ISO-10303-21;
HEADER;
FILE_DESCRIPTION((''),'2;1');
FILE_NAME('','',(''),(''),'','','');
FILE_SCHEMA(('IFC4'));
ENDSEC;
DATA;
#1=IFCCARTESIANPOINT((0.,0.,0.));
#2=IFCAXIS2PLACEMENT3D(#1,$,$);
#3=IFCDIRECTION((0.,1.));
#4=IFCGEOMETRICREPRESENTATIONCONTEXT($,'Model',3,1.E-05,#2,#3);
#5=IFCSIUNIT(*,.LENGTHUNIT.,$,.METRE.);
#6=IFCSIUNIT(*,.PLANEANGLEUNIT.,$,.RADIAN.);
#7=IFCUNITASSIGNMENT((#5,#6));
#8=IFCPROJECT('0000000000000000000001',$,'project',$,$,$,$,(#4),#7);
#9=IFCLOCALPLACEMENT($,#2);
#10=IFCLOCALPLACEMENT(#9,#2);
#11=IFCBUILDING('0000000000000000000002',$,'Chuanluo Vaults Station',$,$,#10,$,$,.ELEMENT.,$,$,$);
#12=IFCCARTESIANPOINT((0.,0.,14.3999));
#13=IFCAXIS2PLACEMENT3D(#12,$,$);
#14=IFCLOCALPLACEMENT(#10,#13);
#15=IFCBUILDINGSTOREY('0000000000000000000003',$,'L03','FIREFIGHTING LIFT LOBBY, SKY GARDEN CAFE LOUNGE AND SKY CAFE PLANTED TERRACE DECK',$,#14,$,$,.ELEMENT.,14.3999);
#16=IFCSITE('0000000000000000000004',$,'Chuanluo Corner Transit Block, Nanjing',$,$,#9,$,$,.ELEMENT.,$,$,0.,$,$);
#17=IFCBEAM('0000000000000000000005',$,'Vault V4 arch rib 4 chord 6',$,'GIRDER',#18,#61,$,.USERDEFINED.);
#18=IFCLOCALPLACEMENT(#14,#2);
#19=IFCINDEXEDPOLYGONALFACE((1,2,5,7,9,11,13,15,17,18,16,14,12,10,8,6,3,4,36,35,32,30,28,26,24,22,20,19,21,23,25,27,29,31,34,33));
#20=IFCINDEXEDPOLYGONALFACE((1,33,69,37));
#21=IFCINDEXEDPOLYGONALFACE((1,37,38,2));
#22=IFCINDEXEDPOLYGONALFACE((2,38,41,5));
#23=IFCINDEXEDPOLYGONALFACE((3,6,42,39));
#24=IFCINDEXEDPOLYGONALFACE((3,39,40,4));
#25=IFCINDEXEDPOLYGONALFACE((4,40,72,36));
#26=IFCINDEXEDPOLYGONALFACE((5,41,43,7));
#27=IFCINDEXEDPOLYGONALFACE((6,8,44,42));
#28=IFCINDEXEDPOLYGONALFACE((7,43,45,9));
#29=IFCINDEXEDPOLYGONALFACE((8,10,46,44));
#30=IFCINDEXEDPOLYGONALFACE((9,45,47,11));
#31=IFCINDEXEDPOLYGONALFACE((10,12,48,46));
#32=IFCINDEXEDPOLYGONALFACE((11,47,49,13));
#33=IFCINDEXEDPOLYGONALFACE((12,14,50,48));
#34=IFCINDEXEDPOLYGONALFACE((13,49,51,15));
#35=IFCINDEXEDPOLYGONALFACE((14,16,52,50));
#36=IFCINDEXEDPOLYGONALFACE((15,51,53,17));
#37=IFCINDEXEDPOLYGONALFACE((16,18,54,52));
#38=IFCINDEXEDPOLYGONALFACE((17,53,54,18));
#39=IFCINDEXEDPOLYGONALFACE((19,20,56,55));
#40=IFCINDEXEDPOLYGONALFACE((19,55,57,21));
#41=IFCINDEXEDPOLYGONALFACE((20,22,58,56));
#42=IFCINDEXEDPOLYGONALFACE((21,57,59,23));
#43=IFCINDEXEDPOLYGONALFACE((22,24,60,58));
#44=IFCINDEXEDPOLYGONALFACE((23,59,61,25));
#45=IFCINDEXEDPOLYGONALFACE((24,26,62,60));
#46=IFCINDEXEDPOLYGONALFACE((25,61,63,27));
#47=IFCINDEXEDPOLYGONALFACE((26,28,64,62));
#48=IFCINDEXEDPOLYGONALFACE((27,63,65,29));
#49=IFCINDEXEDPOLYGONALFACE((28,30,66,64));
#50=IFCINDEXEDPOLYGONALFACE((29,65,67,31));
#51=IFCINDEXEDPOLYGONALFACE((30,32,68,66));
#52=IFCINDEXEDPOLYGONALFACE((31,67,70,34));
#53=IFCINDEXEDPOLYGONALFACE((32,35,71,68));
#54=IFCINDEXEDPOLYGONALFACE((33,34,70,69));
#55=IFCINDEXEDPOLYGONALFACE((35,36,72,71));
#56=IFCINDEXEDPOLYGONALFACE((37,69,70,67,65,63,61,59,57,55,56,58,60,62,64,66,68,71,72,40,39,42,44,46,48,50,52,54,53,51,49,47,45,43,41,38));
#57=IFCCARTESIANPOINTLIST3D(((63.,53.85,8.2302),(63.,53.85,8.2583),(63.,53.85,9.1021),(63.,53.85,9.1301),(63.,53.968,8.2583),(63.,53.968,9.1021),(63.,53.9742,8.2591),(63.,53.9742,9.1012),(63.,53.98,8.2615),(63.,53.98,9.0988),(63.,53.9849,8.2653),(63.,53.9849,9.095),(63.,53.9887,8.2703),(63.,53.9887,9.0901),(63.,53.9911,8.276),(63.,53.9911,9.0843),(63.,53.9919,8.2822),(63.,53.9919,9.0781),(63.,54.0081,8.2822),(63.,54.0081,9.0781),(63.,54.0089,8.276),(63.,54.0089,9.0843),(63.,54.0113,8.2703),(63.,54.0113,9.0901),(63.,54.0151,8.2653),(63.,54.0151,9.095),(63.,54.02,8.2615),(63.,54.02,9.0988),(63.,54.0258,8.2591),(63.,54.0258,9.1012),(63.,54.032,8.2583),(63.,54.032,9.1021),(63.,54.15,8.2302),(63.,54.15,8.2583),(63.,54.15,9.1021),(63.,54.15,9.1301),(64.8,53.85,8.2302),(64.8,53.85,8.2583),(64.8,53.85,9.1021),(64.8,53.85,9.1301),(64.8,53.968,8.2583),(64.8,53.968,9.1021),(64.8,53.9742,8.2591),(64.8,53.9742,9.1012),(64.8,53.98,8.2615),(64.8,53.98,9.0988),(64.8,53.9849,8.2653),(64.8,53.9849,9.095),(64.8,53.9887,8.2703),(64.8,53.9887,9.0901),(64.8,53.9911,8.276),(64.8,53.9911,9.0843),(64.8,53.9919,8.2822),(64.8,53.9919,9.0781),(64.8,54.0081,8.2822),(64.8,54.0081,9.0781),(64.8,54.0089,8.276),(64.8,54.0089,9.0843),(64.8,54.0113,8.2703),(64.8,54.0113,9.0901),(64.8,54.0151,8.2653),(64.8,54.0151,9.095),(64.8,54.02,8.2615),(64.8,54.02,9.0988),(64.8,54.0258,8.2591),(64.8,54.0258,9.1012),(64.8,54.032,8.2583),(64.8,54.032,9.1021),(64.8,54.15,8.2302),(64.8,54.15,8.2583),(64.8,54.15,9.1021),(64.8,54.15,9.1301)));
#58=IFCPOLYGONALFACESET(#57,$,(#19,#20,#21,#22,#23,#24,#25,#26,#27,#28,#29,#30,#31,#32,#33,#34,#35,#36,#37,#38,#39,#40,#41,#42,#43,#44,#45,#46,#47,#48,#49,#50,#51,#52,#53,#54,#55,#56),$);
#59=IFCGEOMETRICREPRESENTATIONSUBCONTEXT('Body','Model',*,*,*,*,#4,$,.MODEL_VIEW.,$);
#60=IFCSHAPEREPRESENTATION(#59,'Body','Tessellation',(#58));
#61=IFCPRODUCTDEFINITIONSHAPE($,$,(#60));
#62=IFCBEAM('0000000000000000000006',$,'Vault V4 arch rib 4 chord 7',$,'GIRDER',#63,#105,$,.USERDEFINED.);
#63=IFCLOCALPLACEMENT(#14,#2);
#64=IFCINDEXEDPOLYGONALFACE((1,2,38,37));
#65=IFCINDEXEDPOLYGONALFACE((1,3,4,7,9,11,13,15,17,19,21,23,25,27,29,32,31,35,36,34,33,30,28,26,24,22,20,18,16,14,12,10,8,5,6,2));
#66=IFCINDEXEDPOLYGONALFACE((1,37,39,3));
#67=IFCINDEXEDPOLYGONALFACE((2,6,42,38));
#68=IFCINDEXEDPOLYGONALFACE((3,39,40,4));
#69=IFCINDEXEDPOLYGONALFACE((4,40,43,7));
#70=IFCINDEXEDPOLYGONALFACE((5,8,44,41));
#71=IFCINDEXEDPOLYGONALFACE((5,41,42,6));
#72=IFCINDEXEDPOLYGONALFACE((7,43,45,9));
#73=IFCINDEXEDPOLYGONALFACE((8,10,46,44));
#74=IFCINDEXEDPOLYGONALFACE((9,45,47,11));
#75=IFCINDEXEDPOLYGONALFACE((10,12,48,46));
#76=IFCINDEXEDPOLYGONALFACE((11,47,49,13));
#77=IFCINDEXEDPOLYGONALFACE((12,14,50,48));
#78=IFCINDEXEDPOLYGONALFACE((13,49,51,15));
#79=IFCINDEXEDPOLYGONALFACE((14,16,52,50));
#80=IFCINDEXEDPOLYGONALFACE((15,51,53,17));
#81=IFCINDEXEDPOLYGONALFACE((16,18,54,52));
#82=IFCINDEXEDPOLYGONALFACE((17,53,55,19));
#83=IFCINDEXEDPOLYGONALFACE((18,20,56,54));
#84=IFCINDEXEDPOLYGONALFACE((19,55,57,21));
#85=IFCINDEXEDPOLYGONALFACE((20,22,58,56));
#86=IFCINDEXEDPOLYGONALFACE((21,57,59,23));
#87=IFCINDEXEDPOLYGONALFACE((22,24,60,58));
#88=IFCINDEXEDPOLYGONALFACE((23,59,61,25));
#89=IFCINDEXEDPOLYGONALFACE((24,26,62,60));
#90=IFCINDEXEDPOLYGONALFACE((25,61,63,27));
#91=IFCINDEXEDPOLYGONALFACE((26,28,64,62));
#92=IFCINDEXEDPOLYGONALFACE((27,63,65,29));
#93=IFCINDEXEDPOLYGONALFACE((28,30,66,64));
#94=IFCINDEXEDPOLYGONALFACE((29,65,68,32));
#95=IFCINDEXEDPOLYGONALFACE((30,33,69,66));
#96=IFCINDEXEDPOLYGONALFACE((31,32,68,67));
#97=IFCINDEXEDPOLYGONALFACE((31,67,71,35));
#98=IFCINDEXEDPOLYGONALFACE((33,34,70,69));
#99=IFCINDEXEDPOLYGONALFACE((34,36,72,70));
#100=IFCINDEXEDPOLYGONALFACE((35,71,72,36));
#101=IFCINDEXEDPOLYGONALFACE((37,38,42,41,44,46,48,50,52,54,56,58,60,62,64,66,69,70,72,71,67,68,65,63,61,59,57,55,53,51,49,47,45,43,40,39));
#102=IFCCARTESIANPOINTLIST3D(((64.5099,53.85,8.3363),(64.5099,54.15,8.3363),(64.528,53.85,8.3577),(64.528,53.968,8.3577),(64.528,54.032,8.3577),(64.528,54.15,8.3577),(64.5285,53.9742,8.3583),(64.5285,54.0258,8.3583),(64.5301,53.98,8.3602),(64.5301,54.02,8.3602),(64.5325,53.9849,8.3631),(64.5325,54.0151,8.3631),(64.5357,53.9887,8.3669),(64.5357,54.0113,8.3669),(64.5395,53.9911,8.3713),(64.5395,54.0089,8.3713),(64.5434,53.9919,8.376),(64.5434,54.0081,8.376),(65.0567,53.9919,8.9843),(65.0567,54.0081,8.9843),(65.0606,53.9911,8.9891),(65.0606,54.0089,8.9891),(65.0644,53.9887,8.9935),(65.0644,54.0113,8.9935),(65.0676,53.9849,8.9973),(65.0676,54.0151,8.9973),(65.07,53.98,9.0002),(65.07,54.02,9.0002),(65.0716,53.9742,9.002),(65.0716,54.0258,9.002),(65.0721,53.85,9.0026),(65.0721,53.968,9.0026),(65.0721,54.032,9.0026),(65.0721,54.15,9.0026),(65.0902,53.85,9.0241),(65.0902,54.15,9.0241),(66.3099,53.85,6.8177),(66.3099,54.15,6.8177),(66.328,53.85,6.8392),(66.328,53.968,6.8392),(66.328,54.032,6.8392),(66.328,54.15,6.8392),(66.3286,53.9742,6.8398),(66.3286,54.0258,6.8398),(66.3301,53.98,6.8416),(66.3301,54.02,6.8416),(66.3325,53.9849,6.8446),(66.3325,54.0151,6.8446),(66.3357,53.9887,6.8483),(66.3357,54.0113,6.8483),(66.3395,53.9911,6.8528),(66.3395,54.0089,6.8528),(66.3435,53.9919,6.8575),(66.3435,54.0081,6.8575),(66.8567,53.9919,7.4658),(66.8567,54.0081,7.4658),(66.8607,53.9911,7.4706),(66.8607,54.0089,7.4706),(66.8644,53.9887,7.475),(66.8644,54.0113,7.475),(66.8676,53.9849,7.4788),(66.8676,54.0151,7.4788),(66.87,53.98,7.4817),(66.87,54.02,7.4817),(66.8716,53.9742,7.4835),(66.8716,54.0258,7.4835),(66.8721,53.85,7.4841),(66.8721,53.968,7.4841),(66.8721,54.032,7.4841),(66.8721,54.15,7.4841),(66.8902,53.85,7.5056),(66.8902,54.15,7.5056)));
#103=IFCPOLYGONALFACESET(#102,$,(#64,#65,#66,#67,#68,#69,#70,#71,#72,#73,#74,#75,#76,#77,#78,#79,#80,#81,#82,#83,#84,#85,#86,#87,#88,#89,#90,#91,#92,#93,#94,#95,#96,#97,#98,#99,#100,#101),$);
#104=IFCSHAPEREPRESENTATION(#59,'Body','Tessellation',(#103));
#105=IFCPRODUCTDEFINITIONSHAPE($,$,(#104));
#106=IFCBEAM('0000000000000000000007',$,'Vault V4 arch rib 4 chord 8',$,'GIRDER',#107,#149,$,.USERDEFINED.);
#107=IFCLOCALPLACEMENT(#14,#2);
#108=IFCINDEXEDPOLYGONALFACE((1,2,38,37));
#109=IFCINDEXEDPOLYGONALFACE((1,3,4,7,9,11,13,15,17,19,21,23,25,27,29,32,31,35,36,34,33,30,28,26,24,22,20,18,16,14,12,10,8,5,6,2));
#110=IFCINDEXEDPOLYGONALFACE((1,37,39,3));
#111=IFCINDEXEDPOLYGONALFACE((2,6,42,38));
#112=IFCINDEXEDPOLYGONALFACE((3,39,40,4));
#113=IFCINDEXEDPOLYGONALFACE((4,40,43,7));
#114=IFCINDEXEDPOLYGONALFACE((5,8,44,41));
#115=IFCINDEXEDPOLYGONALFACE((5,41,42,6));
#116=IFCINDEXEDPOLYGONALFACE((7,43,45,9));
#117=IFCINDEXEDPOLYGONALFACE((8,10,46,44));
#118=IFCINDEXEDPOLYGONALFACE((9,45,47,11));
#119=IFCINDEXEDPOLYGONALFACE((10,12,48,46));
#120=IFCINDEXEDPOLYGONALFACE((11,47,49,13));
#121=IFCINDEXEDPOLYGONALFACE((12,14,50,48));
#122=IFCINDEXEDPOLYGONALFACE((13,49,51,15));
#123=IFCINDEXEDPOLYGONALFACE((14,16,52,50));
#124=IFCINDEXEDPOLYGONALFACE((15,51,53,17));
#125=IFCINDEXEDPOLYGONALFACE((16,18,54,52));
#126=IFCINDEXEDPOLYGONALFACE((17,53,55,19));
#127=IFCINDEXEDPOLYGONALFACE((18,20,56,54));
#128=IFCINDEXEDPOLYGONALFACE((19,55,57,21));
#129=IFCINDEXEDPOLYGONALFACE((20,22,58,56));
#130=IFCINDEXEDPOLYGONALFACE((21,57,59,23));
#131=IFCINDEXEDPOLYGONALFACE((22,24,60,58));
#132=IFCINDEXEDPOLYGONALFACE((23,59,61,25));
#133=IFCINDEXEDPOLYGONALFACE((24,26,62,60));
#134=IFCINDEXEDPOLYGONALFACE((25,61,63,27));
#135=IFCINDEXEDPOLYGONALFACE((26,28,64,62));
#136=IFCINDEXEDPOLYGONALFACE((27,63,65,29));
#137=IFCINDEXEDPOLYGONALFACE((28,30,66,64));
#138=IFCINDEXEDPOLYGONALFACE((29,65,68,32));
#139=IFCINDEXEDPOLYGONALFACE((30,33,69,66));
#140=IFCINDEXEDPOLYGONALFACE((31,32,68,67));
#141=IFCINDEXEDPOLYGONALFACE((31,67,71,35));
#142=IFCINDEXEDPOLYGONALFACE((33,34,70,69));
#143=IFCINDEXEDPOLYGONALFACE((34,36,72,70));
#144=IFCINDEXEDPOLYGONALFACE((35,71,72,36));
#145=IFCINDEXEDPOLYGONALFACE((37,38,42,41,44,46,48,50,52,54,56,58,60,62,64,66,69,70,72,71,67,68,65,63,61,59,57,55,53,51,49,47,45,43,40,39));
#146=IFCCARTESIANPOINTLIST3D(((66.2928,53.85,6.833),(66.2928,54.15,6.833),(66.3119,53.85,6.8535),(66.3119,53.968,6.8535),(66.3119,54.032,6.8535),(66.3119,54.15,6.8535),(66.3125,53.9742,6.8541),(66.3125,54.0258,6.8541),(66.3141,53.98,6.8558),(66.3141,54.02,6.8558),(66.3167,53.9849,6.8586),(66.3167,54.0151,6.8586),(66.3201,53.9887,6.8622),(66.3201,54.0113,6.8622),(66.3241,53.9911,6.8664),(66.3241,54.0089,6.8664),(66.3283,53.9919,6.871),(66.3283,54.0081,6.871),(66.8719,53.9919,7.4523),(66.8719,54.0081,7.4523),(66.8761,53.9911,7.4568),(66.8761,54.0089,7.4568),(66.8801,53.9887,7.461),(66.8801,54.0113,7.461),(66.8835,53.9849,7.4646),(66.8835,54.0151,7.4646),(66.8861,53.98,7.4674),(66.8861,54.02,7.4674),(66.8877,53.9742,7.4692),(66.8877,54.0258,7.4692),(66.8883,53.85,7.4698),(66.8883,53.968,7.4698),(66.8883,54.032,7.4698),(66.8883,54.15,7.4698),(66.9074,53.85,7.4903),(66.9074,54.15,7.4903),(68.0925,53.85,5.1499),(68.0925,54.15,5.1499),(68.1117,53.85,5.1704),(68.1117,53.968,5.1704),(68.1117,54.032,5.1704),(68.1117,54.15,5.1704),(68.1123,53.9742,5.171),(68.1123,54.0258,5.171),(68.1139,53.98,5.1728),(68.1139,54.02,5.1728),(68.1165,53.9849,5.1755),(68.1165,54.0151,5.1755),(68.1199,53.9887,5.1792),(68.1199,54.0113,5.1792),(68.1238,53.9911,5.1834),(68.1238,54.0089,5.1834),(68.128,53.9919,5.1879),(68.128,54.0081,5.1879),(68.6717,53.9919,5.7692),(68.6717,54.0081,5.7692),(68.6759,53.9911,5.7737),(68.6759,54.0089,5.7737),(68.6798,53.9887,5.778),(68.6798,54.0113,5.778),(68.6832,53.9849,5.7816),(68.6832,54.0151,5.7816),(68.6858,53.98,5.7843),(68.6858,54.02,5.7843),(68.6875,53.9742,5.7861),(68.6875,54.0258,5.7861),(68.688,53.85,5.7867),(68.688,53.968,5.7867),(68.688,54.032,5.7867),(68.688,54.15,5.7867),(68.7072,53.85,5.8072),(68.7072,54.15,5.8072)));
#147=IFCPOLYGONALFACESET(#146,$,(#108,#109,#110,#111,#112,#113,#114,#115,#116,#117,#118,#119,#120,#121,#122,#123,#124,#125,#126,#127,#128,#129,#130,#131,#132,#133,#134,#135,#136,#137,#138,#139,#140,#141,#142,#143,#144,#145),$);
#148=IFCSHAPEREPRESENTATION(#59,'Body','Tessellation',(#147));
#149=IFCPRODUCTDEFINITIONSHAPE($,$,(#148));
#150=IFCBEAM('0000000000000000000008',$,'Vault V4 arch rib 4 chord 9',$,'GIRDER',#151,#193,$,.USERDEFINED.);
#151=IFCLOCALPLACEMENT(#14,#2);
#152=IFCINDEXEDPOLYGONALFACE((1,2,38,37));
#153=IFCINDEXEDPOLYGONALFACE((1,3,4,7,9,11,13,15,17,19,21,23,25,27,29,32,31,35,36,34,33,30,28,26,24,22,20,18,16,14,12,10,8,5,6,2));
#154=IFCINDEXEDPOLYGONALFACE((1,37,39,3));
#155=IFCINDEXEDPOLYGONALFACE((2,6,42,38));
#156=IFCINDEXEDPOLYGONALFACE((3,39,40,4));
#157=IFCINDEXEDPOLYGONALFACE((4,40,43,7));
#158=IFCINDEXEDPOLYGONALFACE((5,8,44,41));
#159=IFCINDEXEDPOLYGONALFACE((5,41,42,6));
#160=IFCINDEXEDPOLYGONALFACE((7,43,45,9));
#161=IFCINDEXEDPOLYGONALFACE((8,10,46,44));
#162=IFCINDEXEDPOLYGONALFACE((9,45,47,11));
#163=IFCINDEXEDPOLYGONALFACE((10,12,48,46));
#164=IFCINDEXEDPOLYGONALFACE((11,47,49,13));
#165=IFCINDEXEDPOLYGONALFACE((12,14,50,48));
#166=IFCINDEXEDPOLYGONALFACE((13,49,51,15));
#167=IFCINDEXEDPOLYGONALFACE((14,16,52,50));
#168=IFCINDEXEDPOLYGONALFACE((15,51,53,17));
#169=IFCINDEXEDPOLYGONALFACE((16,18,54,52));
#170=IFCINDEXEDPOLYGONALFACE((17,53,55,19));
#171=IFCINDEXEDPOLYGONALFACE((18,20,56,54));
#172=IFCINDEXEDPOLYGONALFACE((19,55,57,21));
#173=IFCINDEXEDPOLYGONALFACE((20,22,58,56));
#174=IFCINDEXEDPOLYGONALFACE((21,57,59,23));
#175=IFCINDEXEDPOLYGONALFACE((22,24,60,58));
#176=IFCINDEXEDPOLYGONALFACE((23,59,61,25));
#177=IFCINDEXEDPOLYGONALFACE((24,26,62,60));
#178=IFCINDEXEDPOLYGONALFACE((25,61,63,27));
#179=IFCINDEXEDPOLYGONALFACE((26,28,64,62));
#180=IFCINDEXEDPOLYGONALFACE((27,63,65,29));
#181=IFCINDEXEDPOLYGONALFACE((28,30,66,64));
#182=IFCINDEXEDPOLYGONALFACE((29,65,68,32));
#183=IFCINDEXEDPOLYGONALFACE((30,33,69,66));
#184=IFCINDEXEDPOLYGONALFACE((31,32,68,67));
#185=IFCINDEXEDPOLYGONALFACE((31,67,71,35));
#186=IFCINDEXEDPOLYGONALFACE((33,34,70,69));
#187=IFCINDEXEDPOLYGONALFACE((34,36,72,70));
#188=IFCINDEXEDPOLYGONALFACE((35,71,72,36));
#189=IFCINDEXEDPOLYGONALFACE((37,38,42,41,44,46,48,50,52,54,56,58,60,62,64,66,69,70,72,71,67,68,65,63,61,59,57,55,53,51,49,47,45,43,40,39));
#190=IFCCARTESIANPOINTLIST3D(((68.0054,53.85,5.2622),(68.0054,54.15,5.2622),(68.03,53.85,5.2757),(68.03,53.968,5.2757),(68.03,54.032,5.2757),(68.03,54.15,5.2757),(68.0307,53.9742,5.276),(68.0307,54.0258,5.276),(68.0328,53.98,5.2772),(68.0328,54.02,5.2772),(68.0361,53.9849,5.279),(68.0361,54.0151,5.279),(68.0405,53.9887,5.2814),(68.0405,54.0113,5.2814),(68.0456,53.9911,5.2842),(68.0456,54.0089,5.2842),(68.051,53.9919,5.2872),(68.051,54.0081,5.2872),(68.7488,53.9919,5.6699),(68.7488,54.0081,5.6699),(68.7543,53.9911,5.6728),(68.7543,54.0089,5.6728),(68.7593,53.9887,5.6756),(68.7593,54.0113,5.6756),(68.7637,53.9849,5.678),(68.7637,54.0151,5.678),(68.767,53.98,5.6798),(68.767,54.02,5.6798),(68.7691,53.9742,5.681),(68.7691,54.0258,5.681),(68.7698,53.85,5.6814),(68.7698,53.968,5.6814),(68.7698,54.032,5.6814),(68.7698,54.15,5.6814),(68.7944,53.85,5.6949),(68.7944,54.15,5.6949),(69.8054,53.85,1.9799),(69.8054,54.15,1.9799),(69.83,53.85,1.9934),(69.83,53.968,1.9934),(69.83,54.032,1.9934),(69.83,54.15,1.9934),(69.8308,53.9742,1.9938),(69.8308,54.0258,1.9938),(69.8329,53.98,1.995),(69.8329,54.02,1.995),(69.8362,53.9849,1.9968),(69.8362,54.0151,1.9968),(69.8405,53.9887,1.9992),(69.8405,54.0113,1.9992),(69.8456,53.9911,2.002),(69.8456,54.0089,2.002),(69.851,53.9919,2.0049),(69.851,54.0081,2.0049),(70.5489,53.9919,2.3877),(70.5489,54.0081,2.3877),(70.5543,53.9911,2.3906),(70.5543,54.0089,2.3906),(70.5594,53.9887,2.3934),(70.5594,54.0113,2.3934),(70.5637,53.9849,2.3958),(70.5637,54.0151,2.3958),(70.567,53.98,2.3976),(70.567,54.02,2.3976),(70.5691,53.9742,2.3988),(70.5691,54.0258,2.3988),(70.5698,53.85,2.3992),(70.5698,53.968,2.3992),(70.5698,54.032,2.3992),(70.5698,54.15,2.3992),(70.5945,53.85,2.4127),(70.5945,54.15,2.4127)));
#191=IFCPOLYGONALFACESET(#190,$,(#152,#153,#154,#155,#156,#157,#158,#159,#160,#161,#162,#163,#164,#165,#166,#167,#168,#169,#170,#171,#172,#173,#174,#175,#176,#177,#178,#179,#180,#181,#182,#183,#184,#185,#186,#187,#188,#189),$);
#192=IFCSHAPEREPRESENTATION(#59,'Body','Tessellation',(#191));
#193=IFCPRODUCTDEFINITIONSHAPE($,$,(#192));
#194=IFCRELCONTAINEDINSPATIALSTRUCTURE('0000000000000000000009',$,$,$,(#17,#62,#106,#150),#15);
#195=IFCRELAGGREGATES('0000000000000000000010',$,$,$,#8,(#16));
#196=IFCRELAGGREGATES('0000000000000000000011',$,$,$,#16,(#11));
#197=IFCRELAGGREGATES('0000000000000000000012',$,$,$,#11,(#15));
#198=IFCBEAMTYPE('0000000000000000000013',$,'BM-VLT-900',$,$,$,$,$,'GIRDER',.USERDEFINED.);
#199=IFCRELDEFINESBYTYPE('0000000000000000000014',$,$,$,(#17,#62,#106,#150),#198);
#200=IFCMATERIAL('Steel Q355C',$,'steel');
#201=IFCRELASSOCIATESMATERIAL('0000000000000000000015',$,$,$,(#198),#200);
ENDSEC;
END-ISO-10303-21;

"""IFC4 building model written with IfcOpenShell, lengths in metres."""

from ifc_helpers import new_model, si_unit, direction, frame, origin, origin_2d, place, context, subcontext, project, spatial, i_section, extrude, material, material_profile, profile_set, type_object, element, save


model = new_model("IFC4")

# Units and contexts
model_context = context("Model", 3, precision=1e-05, world=origin(), true_north=direction((0.0, 1.0)))
body_context = subcontext(model_context, "Body", "Model", "MODEL_VIEW")
ifc_project = project(units=[si_unit("LENGTHUNIT", "METRE"), si_unit("PLANEANGLEUNIT", "RADIAN")], contexts=[model_context])

# Site, building, storey
site_placement = place(None, origin())
site = spatial("IfcSite", under=ifc_project, at=site_placement, Name="Chuanluo Corner Transit Block, Nanjing", CompositionType="ELEMENT", RefElevation=0.0)
building_placement = place(site_placement, origin())
building = spatial("IfcBuilding", under=site, at=building_placement, Name="Chuanluo Vaults Station", CompositionType="ELEMENT")
storey_placement = place(building_placement, frame((0.0, 0.0, 14.3999)))
storey = spatial("IfcBuildingStorey", under=building, at=storey_placement, Name="L03", Description="FIREFIGHTING LIFT LOBBY, SKY GARDEN CAFE LOUNGE AND SKY CAFE PLANTED TERRACE DECK", CompositionType="ELEMENT", Elevation=14.3999)

# Beams
ifc_material_1 = material(Name="Steel Q355C", Category="steel")
ifc_material_profile_1 = material_profile(ifc_material_1, i_section(OverallWidth=0.3, OverallDepth=0.8999, WebThickness=0.0161, FlangeThickness=0.0281, FilletRadius=0.0239, at=origin_2d()))
ifc_profile_set_1 = profile_set([ifc_material_profile_1], Name="Steel Q355C")
beam_type_1 = type_object("IfcBeamType", Name="BM-VLT-900", ElementType="GIRDER", PredefinedType="USERDEFINED", material=ifc_profile_set_1)
beam_1_placement = place(storey_placement, frame((63.0, 54.0, 8.6802), z_axis=(1.0, 0.0, 0.0), x_axis=(0.0, 1.0, 0.0)))
element("IfcBeam", 1, at=beam_1_placement, inside=storey, type_object=beam_type_1, Name="Vault V4 arch rib 4 chord 6", ObjectType="GIRDER", PredefinedType="USERDEFINED", context=body_context, shape_type="SweptSolid", body=[
    extrude(i_section(OverallWidth=0.3, OverallDepth=0.8999, WebThickness=0.0161, FlangeThickness=0.0281, FilletRadius=0.0239, at=origin_2d()), origin(), (0.0, 0.0, 1.0), 1.8),
])
beam_2_placement = place(storey_placement, frame((64.8, 54.0, 8.6802), z_axis=(0.764341, 0.0, -0.644812), x_axis=(0.0, 1.0, 0.0)))
element("IfcBeam", 2, at=beam_2_placement, inside=storey, type_object=beam_type_1, Name="Vault V4 arch rib 4 chord 7", ObjectType="GIRDER", PredefinedType="USERDEFINED", context=body_context, shape_type="SweptSolid", body=[
    extrude(i_section(OverallWidth=0.3, OverallDepth=0.8999, WebThickness=0.0161, FlangeThickness=0.0281, FilletRadius=0.0239, at=origin_2d()), origin(), (0.0, 0.0, 1.0), 2.355),
])
beam_3_placement = place(storey_placement, frame((66.6001, 54.0, 7.1616), z_axis=(0.730389, 0.0, -0.683031), x_axis=(0.0, 1.0, 0.0)))
element("IfcBeam", 3, at=beam_3_placement, inside=storey, type_object=beam_type_1, Name="Vault V4 arch rib 4 chord 8", ObjectType="GIRDER", PredefinedType="USERDEFINED", context=body_context, shape_type="SweptSolid", body=[
    extrude(i_section(OverallWidth=0.3, OverallDepth=0.8999, WebThickness=0.0161, FlangeThickness=0.0281, FilletRadius=0.0239, at=origin_2d()), origin(), (0.0, 0.0, 1.0), 2.4641),
])
beam_4_placement = place(storey_placement, frame((68.3999, 54.0, 5.4785), z_axis=(0.480857, 0.0, -0.876799), x_axis=(0.0, 1.0, 0.0)))
element("IfcBeam", 4, at=beam_4_placement, inside=storey, type_object=beam_type_1, Name="Vault V4 arch rib 4 chord 9", ObjectType="GIRDER", PredefinedType="USERDEFINED", context=body_context, shape_type="SweptSolid", body=[
    extrude(i_section(OverallWidth=0.3, OverallDepth=0.8999, WebThickness=0.0161, FlangeThickness=0.0281, FilletRadius=0.0239, at=origin_2d()), origin(), (0.0, 0.0, 1.0), 3.7434),
])

save(model, "model.ifc")
